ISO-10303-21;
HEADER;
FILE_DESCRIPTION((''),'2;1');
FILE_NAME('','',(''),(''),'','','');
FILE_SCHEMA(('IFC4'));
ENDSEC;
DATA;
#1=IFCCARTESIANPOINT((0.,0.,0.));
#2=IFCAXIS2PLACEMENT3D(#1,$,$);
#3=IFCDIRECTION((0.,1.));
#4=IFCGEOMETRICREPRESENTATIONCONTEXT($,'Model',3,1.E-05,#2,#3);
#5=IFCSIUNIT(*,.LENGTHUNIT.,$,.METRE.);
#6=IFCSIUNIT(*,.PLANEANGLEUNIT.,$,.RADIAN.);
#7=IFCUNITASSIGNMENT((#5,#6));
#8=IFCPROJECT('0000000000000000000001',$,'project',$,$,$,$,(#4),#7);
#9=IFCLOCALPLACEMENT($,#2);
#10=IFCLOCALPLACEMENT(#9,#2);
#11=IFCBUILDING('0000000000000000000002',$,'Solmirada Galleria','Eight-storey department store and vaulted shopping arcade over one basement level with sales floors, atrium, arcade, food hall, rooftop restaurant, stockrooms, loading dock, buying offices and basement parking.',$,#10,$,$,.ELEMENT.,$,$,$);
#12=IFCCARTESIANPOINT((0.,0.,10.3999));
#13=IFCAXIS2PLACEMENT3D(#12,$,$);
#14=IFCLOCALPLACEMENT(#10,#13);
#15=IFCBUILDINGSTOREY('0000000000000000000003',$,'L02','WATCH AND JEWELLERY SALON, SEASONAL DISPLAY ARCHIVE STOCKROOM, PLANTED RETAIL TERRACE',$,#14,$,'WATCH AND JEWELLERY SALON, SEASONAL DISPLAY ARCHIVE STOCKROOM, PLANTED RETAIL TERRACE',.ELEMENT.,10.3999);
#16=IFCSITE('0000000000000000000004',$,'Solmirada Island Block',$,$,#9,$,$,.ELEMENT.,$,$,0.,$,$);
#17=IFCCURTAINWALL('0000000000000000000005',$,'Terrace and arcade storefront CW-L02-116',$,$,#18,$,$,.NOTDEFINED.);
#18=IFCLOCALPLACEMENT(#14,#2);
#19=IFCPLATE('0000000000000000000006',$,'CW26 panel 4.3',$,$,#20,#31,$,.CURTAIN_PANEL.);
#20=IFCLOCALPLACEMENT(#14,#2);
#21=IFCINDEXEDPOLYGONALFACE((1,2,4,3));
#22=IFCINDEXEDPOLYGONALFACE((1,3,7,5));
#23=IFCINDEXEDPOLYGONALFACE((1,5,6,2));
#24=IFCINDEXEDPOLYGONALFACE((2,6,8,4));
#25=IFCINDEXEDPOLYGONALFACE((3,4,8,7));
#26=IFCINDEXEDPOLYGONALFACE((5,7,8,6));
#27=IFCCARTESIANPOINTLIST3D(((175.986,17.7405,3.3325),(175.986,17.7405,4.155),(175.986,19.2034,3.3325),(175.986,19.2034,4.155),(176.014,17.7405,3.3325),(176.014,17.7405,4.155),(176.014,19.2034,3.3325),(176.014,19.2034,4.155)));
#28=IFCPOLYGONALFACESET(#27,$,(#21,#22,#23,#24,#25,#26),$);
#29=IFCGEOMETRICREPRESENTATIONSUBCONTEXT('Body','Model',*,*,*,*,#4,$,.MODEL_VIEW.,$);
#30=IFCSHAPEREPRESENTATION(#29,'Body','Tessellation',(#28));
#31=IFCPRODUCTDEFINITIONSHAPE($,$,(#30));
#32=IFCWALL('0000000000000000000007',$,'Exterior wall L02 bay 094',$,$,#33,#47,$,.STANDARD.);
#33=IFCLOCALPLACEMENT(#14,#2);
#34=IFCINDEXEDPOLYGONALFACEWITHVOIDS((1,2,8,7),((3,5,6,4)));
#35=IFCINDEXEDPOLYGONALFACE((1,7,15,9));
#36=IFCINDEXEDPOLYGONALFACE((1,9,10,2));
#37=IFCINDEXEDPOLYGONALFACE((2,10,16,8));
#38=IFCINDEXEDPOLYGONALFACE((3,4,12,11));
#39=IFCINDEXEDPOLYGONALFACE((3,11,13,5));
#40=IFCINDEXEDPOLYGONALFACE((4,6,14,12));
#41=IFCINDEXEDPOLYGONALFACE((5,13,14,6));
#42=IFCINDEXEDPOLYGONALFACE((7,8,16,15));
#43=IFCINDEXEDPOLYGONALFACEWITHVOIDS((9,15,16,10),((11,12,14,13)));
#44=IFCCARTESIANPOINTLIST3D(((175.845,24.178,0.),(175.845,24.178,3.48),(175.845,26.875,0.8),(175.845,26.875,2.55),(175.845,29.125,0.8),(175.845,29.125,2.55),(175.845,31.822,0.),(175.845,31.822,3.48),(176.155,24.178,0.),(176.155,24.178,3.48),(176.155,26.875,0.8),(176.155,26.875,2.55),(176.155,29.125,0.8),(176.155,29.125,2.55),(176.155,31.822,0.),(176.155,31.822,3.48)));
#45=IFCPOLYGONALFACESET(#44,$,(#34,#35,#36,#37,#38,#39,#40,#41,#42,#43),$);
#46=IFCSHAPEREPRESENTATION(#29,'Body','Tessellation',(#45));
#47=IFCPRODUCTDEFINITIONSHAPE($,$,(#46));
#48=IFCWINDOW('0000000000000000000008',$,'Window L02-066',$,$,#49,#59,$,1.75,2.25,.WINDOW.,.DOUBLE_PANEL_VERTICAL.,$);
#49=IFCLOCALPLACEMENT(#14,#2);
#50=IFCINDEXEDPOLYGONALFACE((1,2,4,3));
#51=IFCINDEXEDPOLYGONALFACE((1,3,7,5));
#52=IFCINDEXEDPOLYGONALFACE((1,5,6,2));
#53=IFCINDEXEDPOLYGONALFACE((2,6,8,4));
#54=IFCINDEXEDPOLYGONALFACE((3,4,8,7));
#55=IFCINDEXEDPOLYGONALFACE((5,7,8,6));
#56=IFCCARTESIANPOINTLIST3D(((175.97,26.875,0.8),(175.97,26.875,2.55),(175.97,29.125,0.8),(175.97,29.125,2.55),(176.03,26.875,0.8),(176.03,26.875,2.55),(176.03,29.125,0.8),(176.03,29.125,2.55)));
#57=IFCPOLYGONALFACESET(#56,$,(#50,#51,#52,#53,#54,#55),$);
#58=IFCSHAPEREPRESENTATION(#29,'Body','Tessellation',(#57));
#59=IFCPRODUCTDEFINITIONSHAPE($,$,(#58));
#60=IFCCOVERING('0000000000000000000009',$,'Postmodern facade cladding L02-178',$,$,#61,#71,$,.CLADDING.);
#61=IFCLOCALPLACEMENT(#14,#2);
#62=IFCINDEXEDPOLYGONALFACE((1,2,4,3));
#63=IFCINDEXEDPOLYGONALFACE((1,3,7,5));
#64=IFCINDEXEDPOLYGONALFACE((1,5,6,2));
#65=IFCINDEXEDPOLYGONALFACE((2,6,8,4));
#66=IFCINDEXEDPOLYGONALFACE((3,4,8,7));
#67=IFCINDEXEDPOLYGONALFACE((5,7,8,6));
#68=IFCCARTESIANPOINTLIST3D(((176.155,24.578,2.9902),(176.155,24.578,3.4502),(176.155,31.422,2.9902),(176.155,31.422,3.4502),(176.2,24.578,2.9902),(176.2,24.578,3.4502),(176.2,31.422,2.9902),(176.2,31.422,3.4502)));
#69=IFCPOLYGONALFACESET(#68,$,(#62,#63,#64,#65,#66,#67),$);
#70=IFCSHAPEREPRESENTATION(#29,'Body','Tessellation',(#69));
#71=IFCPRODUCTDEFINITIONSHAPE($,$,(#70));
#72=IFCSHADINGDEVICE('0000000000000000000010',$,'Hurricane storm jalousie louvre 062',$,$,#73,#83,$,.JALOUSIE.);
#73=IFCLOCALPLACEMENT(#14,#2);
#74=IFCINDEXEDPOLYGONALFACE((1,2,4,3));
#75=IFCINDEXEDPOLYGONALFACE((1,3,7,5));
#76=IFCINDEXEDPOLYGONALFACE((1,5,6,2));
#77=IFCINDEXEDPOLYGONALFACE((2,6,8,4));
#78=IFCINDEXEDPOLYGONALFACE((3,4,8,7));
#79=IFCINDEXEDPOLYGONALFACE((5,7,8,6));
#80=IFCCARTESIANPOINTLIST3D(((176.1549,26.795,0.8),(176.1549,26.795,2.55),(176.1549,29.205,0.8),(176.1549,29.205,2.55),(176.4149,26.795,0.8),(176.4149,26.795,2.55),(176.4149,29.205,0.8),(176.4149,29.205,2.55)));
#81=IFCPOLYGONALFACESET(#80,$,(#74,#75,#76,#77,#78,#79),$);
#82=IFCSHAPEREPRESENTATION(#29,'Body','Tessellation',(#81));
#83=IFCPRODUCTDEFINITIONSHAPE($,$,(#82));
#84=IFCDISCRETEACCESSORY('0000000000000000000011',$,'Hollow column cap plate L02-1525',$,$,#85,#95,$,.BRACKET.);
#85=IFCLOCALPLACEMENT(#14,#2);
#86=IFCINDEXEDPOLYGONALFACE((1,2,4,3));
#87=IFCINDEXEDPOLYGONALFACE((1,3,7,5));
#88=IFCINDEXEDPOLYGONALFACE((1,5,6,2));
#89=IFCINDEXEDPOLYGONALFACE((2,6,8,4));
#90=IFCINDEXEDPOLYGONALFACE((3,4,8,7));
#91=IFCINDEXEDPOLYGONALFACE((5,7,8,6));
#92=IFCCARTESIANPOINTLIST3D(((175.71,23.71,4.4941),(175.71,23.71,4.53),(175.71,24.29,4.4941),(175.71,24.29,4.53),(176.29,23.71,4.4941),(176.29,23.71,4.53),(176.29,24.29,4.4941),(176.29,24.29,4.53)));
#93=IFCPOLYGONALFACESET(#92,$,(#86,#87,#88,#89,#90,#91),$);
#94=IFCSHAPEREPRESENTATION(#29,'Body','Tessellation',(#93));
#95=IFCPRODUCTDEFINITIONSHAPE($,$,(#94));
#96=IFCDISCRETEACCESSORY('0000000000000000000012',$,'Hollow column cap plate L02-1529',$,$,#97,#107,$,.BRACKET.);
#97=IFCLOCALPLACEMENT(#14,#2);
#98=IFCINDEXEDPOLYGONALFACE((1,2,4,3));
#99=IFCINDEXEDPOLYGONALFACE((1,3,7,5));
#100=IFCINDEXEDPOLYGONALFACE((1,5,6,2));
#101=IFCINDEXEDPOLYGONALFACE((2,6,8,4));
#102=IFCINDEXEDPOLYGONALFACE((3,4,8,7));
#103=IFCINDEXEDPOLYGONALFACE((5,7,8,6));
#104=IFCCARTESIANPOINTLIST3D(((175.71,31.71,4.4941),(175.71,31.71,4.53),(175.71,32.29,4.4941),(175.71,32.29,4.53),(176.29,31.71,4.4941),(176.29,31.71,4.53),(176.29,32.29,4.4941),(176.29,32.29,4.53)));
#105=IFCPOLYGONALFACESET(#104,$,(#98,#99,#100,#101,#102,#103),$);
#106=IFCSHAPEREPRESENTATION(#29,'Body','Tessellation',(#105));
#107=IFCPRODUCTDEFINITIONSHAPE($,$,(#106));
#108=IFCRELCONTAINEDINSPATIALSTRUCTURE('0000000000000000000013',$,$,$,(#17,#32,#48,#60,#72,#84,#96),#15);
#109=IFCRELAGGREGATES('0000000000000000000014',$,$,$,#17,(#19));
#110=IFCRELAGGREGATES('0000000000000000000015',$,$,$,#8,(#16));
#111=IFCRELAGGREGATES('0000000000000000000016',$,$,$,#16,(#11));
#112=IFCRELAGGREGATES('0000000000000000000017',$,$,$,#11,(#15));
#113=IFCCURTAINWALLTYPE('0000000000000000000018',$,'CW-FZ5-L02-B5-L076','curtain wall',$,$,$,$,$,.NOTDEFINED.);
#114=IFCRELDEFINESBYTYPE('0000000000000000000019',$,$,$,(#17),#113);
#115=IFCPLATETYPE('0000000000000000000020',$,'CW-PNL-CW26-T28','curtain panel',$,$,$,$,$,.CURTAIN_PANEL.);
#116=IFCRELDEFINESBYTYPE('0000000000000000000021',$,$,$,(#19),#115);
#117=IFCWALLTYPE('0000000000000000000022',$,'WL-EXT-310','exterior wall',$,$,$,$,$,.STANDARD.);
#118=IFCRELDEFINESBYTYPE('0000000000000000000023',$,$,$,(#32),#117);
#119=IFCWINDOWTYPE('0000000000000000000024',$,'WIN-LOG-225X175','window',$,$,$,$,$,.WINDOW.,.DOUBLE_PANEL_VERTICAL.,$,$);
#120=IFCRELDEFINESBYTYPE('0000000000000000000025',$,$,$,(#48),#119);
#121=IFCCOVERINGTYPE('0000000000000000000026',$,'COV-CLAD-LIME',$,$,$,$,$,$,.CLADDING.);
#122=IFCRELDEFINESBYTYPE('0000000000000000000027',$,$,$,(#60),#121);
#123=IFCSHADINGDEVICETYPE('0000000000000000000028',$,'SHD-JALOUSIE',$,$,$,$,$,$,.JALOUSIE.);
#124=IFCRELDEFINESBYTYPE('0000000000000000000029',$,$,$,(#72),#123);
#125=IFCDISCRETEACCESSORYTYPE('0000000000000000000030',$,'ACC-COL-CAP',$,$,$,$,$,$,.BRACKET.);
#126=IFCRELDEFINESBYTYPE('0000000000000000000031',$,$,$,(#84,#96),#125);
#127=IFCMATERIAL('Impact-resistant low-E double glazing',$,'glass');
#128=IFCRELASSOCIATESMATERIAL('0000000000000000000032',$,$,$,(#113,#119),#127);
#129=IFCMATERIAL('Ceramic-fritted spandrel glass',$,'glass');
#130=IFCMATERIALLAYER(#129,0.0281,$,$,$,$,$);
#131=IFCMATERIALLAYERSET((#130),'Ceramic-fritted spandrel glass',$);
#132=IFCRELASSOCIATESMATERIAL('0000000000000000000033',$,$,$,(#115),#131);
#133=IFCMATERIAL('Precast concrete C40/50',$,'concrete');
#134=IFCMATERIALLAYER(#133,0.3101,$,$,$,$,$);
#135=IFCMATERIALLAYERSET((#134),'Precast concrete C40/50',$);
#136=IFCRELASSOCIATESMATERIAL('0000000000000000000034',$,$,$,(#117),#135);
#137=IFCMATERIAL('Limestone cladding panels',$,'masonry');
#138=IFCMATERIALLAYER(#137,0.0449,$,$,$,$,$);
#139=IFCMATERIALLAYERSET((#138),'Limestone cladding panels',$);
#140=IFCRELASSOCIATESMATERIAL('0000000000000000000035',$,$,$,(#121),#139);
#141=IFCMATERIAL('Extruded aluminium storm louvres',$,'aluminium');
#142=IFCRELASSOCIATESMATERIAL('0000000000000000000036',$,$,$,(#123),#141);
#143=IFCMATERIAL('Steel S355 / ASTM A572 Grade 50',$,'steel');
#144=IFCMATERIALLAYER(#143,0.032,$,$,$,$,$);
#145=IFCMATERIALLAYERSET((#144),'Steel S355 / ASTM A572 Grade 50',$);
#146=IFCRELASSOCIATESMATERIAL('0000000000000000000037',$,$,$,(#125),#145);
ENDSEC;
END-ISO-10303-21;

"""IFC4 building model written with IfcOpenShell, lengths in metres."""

from ifc_helpers import new_model, si_unit, direction, frame, frame_2d, origin, origin_2d, place, context, subcontext, project, spatial, rectangle, extrude, material, layer, layer_set, type_object, element, fill, aggregate, save


model = new_model("IFC4")

# Units and contexts
model_context = context("Model", 3, precision=1e-05, world=origin(), true_north=direction((0.0, 1.0)))
body_context = subcontext(model_context, "Body", "Model", "MODEL_VIEW")
ifc_project = project(units=[si_unit("LENGTHUNIT", "METRE"), si_unit("PLANEANGLEUNIT", "RADIAN")], contexts=[model_context])

# Site, building, storey
site_placement = place(None, origin())
site = spatial("IfcSite", under=ifc_project, at=site_placement, Name="Solmirada Island Block", CompositionType="ELEMENT", RefElevation=0.0)
building_placement = place(site_placement, origin())
building = spatial("IfcBuilding", under=site, at=building_placement, Name="Solmirada Galleria", Description="Eight-storey department store and vaulted shopping arcade over one basement level with sales floors, atrium, arcade, food hall, rooftop restaurant, stockrooms, loading dock, buying offices and basement parking.", CompositionType="ELEMENT")
storey_placement = place(building_placement, frame((0.0, 0.0, 10.3999)))
storey = spatial("IfcBuildingStorey", under=building, at=storey_placement, Name="L02", Description="WATCH AND JEWELLERY SALON, SEASONAL DISPLAY ARCHIVE STOCKROOM, PLANTED RETAIL TERRACE", LongName="WATCH AND JEWELLERY SALON, SEASONAL DISPLAY ARCHIVE STOCKROOM, PLANTED RETAIL TERRACE", CompositionType="ELEMENT", Elevation=10.3999)

# Curtain wall, plate
ifc_material_1 = material(Name="Impact-resistant low-E double glazing", Category="glass")
curtain_wall_type = type_object("IfcCurtainWallType", Name="CW-FZ5-L02-B5-L076", Description="curtain wall", PredefinedType="NOTDEFINED", material=ifc_material_1)
curtain_wall_placement = place(storey_placement, origin())
curtain_wall = element("IfcCurtainWall", 1, at=curtain_wall_placement, inside=storey, type_object=curtain_wall_type, Name="Terrace and arcade storefront CW-L02-116", PredefinedType="NOTDEFINED")
ifc_material_2 = material(Name="Ceramic-fritted spandrel glass", Category="glass")
ifc_layer_1 = layer(ifc_material_2, 0.0281)
ifc_layer_set_1 = layer_set([ifc_layer_1], Name="Ceramic-fritted spandrel glass")
plate_type = type_object("IfcPlateType", Name="CW-PNL-CW26-T28", Description="curtain panel", PredefinedType="CURTAIN_PANEL", material=ifc_layer_set_1)
plate_1_placement = place(storey_placement, frame((176.0, 18.4719, 3.3325), z_axis=(0.0, 0.0, 1.0), x_axis=(0.0, -1.0, 0.0)))
plate_1 = element("IfcPlate", 2, at=plate_1_placement, type_object=plate_type, Name="CW26 panel 4.3", PredefinedType="CURTAIN_PANEL", context=body_context, shape_type="SweptSolid", body=[
    extrude(rectangle(XDim=1.4629, YDim=0.0281, at=origin_2d()), origin(), (0.0, 0.0, 1.0), 0.8225),
])
aggregate(curtain_wall, [plate_1])

# Wall, opening, window
ifc_material_3 = material(Name="Precast concrete C40/50", Category="concrete")
ifc_layer_2 = layer(ifc_material_3, 0.3101)
ifc_layer_set_2 = layer_set([ifc_layer_2], Name="Precast concrete C40/50")
wall_type = type_object("IfcWallType", Name="WL-EXT-310", Description="exterior wall", PredefinedType="STANDARD", material=ifc_layer_set_2)
wall_placement = place(storey_placement, frame((176.0, 31.822, 0.0), z_axis=(0.0, 0.0, 1.0), x_axis=(0.0, -1.0, 0.0)))
wall = element("IfcWall", 3, at=wall_placement, inside=storey, type_object=wall_type, Name="Exterior wall L02 bay 094", PredefinedType="STANDARD", context=body_context, shape_type="SweptSolid", body=[
    extrude(rectangle(XDim=7.644, YDim=0.3101, at=frame_2d((3.822, 0.0))), origin(), (0.0, 0.0, 1.0), 3.48),
])
opening_placement = place(wall_placement, frame((2.697, 0.0, 0.8)))
opening = element("IfcOpeningElement", 4, at=opening_placement, cuts=wall, PredefinedType="OPENING", context=body_context, shape_type="SweptSolid", body=[
    extrude(rectangle(XDim=2.25, YDim=1.75, at=frame_2d((1.125, 0.875))), frame((0.0, 0.165, 0.0), z_axis=(0.0, -1.0, 0.0), x_axis=(1.0, 0.0, 0.0)), (0.0, 0.0, 1.0), 0.3301),
])
window_type = type_object("IfcWindowType", Name="WIN-LOG-225X175", Description="window", PartitioningType="DOUBLE_PANEL_VERTICAL", PredefinedType="WINDOW", material=ifc_material_1)
window_placement = place(opening_placement, origin())
window = element("IfcWindow", 5, at=window_placement, inside=storey, type_object=window_type, Name="Window L02-066", OverallHeight=1.75, OverallWidth=2.25, PartitioningType="DOUBLE_PANEL_VERTICAL", PredefinedType="WINDOW", context=body_context, shape_type="SweptSolid", body=[
    extrude(rectangle(XDim=2.25, YDim=1.75, at=frame_2d((1.125, 0.875))), frame((0.0, 0.03, 0.0), z_axis=(0.0, -1.0, 0.0), x_axis=(1.0, 0.0, 0.0)), (0.0, 0.0, 1.0), 0.0601),
])
fill(opening, window)

# Covering
ifc_material_4 = material(Name="Limestone cladding panels", Category="masonry")
ifc_layer_3 = layer(ifc_material_4, 0.0449)
ifc_layer_set_3 = layer_set([ifc_layer_3], Name="Limestone cladding panels")
covering_type = type_object("IfcCoveringType", Name="COV-CLAD-LIME", PredefinedType="CLADDING", material=ifc_layer_set_3)
covering_placement = place(storey_placement, frame((176.1775, 28.0, 2.9902), z_axis=(0.0, 0.0, 1.0), x_axis=(0.0, -1.0, 0.0)))
element("IfcCovering", 6, at=covering_placement, inside=storey, type_object=covering_type, Name="Postmodern facade cladding L02-178", PredefinedType="CLADDING", context=body_context, shape_type="SweptSolid", body=[
    extrude(rectangle(XDim=6.844, YDim=0.0449, at=origin_2d()), origin(), (0.0, 0.0, 1.0), 0.46),
])

# Shading device
ifc_material_5 = material(Name="Extruded aluminium storm louvres", Category="aluminium")
shading_device_type = type_object("IfcShadingDeviceType", Name="SHD-JALOUSIE", PredefinedType="JALOUSIE", material=ifc_material_5)
shading_device_placement = place(storey_placement, frame((176.2849, 28.0, 0.8), z_axis=(0.0, 0.0, 1.0), x_axis=(0.0, -1.0, 0.0)))
element("IfcShadingDevice", 7, at=shading_device_placement, inside=storey, type_object=shading_device_type, Name="Hurricane storm jalousie louvre 062", PredefinedType="JALOUSIE", context=body_context, shape_type="SweptSolid", body=[
    extrude(rectangle(XDim=2.4099, YDim=0.26, at=origin_2d()), origin(), (0.0, 0.0, 1.0), 1.75),
])

# Discrete accessories
ifc_material_6 = material(Name="Steel S355 / ASTM A572 Grade 50", Category="steel")
ifc_layer_4 = layer(ifc_material_6, 0.032)
ifc_layer_set_4 = layer_set([ifc_layer_4], Name="Steel S355 / ASTM A572 Grade 50")
discrete_accessory_type = type_object("IfcDiscreteAccessoryType", Name="ACC-COL-CAP", PredefinedType="BRACKET", material=ifc_layer_set_4)
for number, where, z_axis, x_axis, name in (
    (8, (176.0, 24.0, 4.4941), (0.0, 0.0, 1.0), (1.0, 0.0, 0.0), "Hollow column cap plate L02-1525"),
    (9, (176.0, 32.0, 4.4941), (0.0, 0.0, 1.0), (1.0, 0.0, 0.0), "Hollow column cap plate L02-1529"),
):
    element("IfcDiscreteAccessory", number, at=place(storey_placement, frame(where, z_axis=z_axis, x_axis=x_axis)), inside=storey, type_object=discrete_accessory_type, Name=name, PredefinedType="BRACKET", context=body_context, shape_type="SweptSolid", body=[
        extrude(rectangle(XDim=0.5801, YDim=0.5801, at=origin_2d()), origin(), (0.0, 0.0, 1.0), 0.0359),
    ])

save(model, "model.ifc")
